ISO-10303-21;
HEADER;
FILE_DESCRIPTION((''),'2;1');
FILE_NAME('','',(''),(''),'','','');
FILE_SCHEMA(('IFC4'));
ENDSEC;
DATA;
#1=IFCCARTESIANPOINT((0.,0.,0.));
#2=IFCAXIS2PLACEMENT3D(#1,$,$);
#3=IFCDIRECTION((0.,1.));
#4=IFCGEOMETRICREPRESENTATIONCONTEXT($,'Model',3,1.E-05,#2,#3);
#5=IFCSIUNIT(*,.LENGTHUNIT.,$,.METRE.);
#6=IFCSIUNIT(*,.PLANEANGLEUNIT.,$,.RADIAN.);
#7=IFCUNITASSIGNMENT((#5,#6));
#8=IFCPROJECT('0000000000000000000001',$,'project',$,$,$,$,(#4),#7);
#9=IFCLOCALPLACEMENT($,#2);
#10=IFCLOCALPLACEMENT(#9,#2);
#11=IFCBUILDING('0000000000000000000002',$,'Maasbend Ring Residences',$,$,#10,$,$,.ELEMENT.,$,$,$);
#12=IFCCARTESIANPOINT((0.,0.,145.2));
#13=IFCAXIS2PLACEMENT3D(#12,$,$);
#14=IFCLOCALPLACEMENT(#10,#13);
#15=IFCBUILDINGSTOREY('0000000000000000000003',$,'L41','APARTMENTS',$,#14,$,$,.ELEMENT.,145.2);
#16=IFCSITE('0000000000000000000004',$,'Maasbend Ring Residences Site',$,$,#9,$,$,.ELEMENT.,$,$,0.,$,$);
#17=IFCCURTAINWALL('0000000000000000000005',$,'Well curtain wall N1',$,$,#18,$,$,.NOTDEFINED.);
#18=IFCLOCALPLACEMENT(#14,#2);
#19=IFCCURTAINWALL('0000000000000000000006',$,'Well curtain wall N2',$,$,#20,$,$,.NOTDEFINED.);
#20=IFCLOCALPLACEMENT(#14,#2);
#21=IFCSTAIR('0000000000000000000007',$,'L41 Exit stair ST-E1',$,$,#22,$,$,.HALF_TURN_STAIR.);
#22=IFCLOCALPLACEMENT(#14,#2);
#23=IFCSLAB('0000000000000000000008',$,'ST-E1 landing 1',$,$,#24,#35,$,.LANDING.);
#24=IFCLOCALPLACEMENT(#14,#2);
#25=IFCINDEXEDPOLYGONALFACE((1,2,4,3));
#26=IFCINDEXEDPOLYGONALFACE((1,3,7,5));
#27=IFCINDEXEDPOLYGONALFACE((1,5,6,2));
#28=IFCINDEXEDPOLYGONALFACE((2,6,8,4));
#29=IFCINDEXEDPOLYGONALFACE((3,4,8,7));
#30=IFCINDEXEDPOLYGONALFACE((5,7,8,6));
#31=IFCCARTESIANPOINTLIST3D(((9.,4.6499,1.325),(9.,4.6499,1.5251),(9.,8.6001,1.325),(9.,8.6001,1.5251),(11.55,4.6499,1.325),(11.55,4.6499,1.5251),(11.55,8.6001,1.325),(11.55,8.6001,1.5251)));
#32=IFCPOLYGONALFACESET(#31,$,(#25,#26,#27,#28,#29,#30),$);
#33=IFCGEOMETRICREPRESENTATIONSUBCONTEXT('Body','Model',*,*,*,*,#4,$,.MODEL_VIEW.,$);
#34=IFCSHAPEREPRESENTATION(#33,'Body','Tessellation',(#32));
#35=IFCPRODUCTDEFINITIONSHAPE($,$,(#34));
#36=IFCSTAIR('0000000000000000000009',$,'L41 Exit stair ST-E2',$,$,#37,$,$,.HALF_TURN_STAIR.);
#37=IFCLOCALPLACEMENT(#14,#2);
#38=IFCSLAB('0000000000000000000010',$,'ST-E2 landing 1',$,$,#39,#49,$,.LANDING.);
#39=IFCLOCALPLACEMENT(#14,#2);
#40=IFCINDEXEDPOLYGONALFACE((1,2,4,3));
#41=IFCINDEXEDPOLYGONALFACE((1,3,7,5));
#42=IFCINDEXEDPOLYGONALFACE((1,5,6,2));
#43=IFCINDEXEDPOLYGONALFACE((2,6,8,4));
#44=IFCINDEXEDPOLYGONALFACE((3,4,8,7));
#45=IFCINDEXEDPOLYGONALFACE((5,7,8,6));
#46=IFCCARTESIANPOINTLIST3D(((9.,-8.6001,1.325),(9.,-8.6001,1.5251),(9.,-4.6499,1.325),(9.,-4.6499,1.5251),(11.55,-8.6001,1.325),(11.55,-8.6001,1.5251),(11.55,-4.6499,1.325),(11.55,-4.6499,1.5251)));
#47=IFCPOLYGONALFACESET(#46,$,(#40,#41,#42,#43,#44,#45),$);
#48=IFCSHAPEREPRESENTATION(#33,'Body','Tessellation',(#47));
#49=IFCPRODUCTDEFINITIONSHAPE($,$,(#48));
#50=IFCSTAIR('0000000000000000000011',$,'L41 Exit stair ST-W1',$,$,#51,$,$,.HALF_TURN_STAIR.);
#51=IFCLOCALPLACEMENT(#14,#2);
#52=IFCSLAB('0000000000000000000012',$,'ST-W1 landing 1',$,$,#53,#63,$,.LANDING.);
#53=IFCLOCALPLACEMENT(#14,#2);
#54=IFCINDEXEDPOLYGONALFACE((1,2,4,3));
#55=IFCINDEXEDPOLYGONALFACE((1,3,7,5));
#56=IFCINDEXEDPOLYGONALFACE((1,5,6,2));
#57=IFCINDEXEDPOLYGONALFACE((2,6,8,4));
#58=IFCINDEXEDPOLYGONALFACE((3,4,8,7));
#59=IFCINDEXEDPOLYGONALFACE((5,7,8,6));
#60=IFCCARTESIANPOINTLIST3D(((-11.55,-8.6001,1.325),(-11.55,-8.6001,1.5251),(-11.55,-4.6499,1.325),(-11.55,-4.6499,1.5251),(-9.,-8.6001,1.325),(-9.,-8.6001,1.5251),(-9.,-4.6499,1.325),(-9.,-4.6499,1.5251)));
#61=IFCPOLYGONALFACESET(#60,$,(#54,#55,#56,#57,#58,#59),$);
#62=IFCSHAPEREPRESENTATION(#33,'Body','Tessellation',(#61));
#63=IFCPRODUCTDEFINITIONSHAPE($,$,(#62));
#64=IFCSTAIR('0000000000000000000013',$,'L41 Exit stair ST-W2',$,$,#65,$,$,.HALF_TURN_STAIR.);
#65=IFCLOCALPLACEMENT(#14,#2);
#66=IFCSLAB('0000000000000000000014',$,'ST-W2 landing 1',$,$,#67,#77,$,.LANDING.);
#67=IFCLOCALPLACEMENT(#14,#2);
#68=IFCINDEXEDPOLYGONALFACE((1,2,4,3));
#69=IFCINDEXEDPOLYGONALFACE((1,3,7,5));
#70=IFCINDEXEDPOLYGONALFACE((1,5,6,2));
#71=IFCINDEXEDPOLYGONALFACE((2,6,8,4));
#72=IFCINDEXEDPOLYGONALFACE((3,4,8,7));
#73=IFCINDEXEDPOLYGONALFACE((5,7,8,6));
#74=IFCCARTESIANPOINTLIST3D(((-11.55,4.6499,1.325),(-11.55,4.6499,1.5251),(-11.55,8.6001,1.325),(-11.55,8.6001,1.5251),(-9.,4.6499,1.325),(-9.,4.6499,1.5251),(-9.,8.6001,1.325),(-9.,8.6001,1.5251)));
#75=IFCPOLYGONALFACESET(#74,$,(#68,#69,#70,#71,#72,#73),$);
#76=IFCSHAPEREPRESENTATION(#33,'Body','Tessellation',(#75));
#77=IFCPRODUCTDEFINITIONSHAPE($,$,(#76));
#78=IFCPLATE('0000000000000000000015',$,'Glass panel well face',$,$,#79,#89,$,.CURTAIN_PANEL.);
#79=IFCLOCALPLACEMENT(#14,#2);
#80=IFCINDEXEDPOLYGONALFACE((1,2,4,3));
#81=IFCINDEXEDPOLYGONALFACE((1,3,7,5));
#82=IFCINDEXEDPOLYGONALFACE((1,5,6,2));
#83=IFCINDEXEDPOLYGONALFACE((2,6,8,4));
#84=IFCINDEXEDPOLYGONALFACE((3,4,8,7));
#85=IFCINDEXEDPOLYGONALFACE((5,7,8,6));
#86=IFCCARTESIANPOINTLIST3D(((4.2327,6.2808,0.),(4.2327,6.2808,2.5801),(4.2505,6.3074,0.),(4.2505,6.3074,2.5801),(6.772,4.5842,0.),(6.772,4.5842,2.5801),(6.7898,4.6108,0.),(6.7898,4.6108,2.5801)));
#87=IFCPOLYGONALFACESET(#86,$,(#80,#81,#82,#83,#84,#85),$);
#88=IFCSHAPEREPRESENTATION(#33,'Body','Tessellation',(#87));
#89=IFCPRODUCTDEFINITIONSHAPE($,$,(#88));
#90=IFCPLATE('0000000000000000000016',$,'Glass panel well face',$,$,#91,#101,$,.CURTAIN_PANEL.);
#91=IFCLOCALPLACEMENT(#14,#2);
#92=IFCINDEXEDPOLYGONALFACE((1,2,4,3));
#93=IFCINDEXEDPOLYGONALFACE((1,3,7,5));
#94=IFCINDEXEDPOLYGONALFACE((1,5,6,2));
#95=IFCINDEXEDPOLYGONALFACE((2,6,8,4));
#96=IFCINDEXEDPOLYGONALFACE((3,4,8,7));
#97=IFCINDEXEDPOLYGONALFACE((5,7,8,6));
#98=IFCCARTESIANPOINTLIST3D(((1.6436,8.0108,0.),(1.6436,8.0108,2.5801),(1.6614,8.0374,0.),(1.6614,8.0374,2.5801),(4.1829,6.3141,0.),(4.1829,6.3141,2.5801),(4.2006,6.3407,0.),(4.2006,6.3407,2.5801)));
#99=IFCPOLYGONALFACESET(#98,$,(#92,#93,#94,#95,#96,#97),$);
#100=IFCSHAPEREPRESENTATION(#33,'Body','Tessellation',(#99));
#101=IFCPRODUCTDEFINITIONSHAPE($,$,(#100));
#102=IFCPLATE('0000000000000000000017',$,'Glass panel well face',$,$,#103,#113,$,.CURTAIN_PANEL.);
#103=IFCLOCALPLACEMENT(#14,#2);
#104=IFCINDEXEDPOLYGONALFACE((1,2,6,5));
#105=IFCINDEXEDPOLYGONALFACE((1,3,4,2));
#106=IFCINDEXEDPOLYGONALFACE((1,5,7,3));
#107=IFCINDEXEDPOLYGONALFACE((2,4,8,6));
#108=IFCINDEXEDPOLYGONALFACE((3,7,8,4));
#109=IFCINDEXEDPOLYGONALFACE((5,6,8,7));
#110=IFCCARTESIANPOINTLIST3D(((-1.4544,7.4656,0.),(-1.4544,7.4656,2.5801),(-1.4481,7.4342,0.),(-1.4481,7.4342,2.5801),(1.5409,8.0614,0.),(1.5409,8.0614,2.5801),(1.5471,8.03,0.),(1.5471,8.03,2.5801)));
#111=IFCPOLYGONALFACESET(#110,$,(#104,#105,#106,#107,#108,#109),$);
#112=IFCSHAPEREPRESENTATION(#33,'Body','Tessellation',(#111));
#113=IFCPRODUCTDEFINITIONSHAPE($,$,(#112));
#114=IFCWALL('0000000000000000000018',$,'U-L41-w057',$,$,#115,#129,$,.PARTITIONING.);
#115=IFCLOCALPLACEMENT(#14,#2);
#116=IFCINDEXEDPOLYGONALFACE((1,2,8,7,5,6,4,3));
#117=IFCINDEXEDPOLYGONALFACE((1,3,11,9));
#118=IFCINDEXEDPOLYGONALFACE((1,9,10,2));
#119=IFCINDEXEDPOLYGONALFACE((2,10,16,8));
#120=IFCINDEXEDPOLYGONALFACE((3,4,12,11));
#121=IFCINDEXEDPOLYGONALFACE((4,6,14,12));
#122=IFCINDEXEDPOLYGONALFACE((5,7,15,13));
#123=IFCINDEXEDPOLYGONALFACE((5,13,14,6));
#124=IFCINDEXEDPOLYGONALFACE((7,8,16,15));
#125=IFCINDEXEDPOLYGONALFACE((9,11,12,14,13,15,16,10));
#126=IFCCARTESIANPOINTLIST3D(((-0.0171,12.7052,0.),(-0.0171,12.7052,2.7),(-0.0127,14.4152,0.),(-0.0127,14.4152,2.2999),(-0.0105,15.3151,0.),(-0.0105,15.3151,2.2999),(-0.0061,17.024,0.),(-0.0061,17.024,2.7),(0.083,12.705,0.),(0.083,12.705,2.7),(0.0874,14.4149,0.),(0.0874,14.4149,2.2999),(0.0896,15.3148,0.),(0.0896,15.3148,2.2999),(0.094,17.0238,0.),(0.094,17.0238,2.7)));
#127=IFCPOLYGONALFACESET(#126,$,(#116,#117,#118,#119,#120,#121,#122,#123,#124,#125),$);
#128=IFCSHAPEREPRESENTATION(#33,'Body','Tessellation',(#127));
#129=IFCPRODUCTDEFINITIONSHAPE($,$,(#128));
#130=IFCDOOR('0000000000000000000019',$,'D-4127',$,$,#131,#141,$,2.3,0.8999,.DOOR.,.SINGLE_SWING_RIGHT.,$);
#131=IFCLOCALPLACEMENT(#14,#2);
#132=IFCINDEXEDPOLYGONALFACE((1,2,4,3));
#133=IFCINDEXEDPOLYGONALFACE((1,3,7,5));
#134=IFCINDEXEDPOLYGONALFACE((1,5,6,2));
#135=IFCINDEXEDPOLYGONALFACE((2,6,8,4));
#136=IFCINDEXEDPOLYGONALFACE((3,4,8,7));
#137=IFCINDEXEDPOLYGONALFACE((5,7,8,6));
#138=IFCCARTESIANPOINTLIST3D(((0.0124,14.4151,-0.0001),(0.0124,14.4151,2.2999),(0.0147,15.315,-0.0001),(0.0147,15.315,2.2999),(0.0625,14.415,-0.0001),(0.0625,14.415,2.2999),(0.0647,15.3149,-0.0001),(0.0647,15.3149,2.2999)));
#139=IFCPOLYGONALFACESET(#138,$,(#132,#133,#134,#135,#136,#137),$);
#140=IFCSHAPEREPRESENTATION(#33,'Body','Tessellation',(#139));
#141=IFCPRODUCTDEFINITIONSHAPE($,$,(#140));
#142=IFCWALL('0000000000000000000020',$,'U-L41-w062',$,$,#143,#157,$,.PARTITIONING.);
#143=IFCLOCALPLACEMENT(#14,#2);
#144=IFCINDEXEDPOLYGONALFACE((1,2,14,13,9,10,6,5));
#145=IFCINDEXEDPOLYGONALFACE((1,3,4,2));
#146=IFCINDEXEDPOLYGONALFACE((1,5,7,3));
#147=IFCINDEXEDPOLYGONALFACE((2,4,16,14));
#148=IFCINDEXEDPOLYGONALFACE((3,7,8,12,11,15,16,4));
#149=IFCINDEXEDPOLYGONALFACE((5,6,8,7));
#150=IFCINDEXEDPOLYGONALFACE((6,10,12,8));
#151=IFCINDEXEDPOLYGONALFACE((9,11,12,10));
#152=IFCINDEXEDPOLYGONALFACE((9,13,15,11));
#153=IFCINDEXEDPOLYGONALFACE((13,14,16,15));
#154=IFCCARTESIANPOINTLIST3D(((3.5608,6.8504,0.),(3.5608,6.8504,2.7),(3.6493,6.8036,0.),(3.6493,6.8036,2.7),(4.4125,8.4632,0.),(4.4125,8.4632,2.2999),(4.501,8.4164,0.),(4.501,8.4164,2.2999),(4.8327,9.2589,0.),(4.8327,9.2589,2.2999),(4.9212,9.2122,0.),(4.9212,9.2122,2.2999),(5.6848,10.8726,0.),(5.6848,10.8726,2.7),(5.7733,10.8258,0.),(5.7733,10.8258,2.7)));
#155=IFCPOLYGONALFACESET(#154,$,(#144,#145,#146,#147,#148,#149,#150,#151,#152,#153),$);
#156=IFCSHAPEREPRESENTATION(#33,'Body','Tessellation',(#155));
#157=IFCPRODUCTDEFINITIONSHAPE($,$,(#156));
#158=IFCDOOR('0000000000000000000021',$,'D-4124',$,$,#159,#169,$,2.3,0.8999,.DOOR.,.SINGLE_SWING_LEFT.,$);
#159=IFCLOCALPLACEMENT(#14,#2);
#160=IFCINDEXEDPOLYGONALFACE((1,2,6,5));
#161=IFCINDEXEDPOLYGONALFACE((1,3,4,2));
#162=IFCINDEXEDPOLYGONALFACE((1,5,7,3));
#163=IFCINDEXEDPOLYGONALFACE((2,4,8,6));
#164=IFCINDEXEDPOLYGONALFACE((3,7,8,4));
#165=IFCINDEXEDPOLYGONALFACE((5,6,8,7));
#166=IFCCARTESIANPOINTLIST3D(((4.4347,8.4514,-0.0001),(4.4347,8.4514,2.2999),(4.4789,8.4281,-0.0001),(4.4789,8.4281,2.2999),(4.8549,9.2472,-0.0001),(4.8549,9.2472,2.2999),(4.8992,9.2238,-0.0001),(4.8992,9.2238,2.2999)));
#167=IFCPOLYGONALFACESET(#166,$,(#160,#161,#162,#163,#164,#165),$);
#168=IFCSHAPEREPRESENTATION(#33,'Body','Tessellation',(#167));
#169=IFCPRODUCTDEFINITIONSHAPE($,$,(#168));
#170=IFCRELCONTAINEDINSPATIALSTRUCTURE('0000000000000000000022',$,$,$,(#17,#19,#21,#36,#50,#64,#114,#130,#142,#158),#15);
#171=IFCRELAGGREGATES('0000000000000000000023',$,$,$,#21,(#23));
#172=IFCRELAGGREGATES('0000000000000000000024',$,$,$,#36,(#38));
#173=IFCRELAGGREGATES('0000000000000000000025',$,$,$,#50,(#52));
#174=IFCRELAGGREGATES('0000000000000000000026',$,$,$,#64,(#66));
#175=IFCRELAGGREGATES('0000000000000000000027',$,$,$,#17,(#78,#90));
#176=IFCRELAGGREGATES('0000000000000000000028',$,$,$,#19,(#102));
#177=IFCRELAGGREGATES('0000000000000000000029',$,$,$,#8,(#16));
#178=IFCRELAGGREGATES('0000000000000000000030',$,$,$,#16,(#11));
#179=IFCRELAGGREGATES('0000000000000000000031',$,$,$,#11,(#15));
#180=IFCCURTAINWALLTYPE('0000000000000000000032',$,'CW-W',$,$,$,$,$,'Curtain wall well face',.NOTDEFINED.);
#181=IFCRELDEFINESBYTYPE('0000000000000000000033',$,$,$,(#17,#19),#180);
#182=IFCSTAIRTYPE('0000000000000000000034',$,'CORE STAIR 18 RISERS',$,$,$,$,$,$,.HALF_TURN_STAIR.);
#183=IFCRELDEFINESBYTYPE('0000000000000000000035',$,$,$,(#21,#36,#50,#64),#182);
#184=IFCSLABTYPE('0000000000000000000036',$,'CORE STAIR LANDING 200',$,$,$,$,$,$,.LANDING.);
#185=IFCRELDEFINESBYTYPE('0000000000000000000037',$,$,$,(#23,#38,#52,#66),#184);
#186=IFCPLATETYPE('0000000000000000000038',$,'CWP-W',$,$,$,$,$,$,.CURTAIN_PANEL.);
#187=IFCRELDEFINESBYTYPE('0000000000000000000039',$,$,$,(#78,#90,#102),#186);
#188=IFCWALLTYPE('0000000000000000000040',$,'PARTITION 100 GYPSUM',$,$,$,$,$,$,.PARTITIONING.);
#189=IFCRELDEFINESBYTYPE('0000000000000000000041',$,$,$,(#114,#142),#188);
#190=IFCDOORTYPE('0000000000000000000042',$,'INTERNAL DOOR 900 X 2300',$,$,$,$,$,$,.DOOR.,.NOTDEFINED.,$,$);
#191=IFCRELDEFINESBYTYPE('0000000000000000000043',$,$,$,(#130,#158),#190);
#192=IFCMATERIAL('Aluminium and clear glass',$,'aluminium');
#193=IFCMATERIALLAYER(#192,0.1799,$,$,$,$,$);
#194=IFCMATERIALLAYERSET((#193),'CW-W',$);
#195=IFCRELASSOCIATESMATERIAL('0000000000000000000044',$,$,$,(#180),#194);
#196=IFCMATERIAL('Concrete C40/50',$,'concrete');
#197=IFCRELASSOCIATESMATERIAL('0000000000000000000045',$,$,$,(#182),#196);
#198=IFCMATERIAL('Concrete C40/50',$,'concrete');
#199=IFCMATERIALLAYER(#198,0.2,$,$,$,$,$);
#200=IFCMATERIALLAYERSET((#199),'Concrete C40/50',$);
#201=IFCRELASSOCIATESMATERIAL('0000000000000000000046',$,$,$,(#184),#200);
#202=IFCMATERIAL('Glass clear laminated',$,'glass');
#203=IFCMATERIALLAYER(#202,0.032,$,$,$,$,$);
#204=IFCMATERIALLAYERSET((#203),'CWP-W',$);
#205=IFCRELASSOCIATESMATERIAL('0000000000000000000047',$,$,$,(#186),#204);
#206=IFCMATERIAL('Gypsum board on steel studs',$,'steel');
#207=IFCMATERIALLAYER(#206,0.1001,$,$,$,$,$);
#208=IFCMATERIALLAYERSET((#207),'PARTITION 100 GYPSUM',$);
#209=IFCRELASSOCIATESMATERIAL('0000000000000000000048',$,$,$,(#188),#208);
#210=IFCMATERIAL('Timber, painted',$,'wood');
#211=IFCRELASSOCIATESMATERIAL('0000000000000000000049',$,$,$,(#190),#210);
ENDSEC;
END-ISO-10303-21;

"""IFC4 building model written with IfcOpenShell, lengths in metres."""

from ifc_helpers import new_model, si_unit, direction, frame, frame_2d, origin, origin_2d, place, context, subcontext, project, spatial, polyline, rectangle, outline, extrude, material, layer, layer_set, type_object, element, fill, aggregate, save


model = new_model("IFC4")

# Units and contexts
model_context = context("Model", 3, precision=1e-05, world=origin(), true_north=direction((0.0, 1.0)))
body_context = subcontext(model_context, "Body", "Model", "MODEL_VIEW")
ifc_project = project(units=[si_unit("LENGTHUNIT", "METRE"), si_unit("PLANEANGLEUNIT", "RADIAN")], contexts=[model_context])

# Site, building, storey
site_placement = place(None, origin())
site = spatial("IfcSite", under=ifc_project, at=site_placement, Name="Maasbend Ring Residences Site", CompositionType="ELEMENT", RefElevation=0.0)
building_placement = place(site_placement, origin())
building = spatial("IfcBuilding", under=site, at=building_placement, Name="Maasbend Ring Residences", CompositionType="ELEMENT")
storey_placement = place(building_placement, frame((0.0, 0.0, 145.2)))
storey = spatial("IfcBuildingStorey", under=building, at=storey_placement, Name="L41", Description="APARTMENTS", CompositionType="ELEMENT", Elevation=145.2)

# Curtain wall
ifc_material_1 = material(Name="Aluminium and clear glass", Category="aluminium")
ifc_layer_1 = layer(ifc_material_1, 0.1799)
ifc_layer_set_1 = layer_set([ifc_layer_1], Name="CW-W")
curtain_wall_type = type_object("IfcCurtainWallType", Name="CW-W", ElementType="Curtain wall well face", PredefinedType="NOTDEFINED", material=ifc_layer_set_1)
curtain_wall_1_placement = place(storey_placement, origin())
curtain_wall_1 = element("IfcCurtainWall", 1, at=curtain_wall_1_placement, inside=storey, type_object=curtain_wall_type, Name="Well curtain wall N1", PredefinedType="NOTDEFINED")

# Curtain wall
curtain_wall_2_placement = place(storey_placement, origin())
curtain_wall_2 = element("IfcCurtainWall", 2, at=curtain_wall_2_placement, inside=storey, type_object=curtain_wall_type, Name="Well curtain wall N2", PredefinedType="NOTDEFINED")

# Stairs, slabs
ifc_material_2 = material(Name="Concrete C40/50", Category="concrete")
stair_type = type_object("IfcStairType", Name="CORE STAIR 18 RISERS", PredefinedType="HALF_TURN_STAIR", material=ifc_material_2)
stair_1_placement = place(storey_placement, origin())
stair_1 = element("IfcStair", 3, at=stair_1_placement, inside=storey, type_object=stair_type, Name="L41 Exit stair ST-E1", PredefinedType="HALF_TURN_STAIR")
ifc_material_3 = material(Name="Concrete C40/50", Category="concrete")
ifc_layer_2 = layer(ifc_material_3, 0.2)
ifc_layer_set_2 = layer_set([ifc_layer_2], Name="Concrete C40/50")
slab_type = type_object("IfcSlabType", Name="CORE STAIR LANDING 200", PredefinedType="LANDING", material=ifc_layer_set_2)
slab_1_placement = place(storey_placement, frame((0.0, 0.0, 1.325)))
slab_1 = element("IfcSlab", 4, at=slab_1_placement, type_object=slab_type, Name="ST-E1 landing 1", PredefinedType="LANDING", context=body_context, shape_type="SweptSolid", body=[
    extrude(outline(polyline([(11.55, 8.6001), (9.0, 8.6001), (9.0, 4.6499), (11.55, 4.6499), (11.55, 8.6001)])), origin(), (0.0, 0.0, 1.0), 0.2002),
])
aggregate(stair_1, [slab_1])
stair_2_placement = place(storey_placement, origin())
stair_2 = element("IfcStair", 5, at=stair_2_placement, inside=storey, type_object=stair_type, Name="L41 Exit stair ST-E2", PredefinedType="HALF_TURN_STAIR")
slab_2_placement = place(storey_placement, frame((0.0, 0.0, 1.325)))
slab_2 = element("IfcSlab", 6, at=slab_2_placement, type_object=slab_type, Name="ST-E2 landing 1", PredefinedType="LANDING", context=body_context, shape_type="SweptSolid", body=[
    extrude(outline(polyline([(11.55, -4.6499), (9.0, -4.6499), (9.0, -8.6001), (11.55, -8.6001), (11.55, -4.6499)])), origin(), (0.0, 0.0, 1.0), 0.2002),
])
aggregate(stair_2, [slab_2])
stair_3_placement = place(storey_placement, origin())
stair_3 = element("IfcStair", 7, at=stair_3_placement, inside=storey, type_object=stair_type, Name="L41 Exit stair ST-W1", PredefinedType="HALF_TURN_STAIR")
slab_3_placement = place(storey_placement, frame((0.0, 0.0, 1.325)))
slab_3 = element("IfcSlab", 8, at=slab_3_placement, type_object=slab_type, Name="ST-W1 landing 1", PredefinedType="LANDING", context=body_context, shape_type="SweptSolid", body=[
    extrude(outline(polyline([(-11.55, -8.6001), (-9.0, -8.6001), (-9.0, -4.6499), (-11.55, -4.6499), (-11.55, -8.6001)])), origin(), (0.0, 0.0, 1.0), 0.2002),
])
aggregate(stair_3, [slab_3])
stair_4_placement = place(storey_placement, origin())
stair_4 = element("IfcStair", 9, at=stair_4_placement, inside=storey, type_object=stair_type, Name="L41 Exit stair ST-W2", PredefinedType="HALF_TURN_STAIR")
slab_4_placement = place(storey_placement, frame((0.0, 0.0, 1.325)))
slab_4 = element("IfcSlab", 10, at=slab_4_placement, type_object=slab_type, Name="ST-W2 landing 1", PredefinedType="LANDING", context=body_context, shape_type="SweptSolid", body=[
    extrude(outline(polyline([(-11.55, 4.6499), (-9.0, 4.6499), (-9.0, 8.6001), (-11.55, 8.6001), (-11.55, 4.6499)])), origin(), (0.0, 0.0, 1.0), 0.2002),
])
aggregate(stair_4, [slab_4])

# Plates
ifc_material_4 = material(Name="Glass clear laminated", Category="glass")
ifc_layer_3 = layer(ifc_material_4, 0.032)
ifc_layer_set_3 = layer_set([ifc_layer_3], Name="CWP-W")
plate_type = type_object("IfcPlateType", Name="CWP-W", PredefinedType="CURTAIN_PANEL", material=ifc_layer_set_3)
plate_1_placement = place(storey_placement, frame((5.5112, 5.4458, 0.0), z_axis=(0.0, 0.0, 1.0), x_axis=(-0.83147, 0.55557, 0.0)))
plate_1 = element("IfcPlate", 11, at=plate_1_placement, type_object=plate_type, Name="Glass panel well face", PredefinedType="CURTAIN_PANEL", context=body_context, shape_type="SweptSolid", body=[
    extrude(rectangle(XDim=3.054, YDim=0.032, at=origin_2d()), origin(), (0.0, 0.0, 1.0), 2.5801),
])
plate_2_placement = place(storey_placement, frame((2.9221, 7.1758, 0.0), z_axis=(0.0, 0.0, 1.0), x_axis=(-0.83147, 0.55557, 0.0)))
plate_2 = element("IfcPlate", 12, at=plate_2_placement, type_object=plate_type, Name="Glass panel well face", PredefinedType="CURTAIN_PANEL", context=body_context, shape_type="SweptSolid", body=[
    extrude(rectangle(XDim=3.054, YDim=0.032, at=origin_2d()), origin(), (0.0, 0.0, 1.0), 2.5801),
])
aggregate(curtain_wall_1, [plate_1, plate_2])
plate_3_placement = place(storey_placement, frame((0.0464, 7.7478, 0.0), z_axis=(0.0, 0.0, 1.0), x_axis=(-0.980785, -0.19509, 0.0)))
plate_3 = element("IfcPlate", 13, at=plate_3_placement, type_object=plate_type, Name="Glass panel well face", PredefinedType="CURTAIN_PANEL", context=body_context, shape_type="SweptSolid", body=[
    extrude(rectangle(XDim=3.054, YDim=0.032, at=origin_2d()), origin(), (0.0, 0.0, 1.0), 2.5801),
])
aggregate(curtain_wall_2, [plate_3])

# Walls, openings, doors
ifc_material_5 = material(Name="Gypsum board on steel studs", Category="steel")
ifc_layer_4 = layer(ifc_material_5, 0.1001)
ifc_layer_set_4 = layer_set([ifc_layer_4], Name="PARTITION 100 GYPSUM")
wall_type_1 = type_object("IfcWallType", Name="PARTITION 100 GYPSUM", PredefinedType="PARTITIONING", material=ifc_layer_set_4)
wall_1_placement = place(storey_placement, frame((0.033, 12.7051, 0.0), z_axis=(0.0, 0.0, 1.0), x_axis=(0.002544, 0.999997, 0.0)))
wall_1 = element("IfcWall", 14, at=wall_1_placement, inside=storey, type_object=wall_type_1, Name="U-L41-w057", PredefinedType="PARTITIONING", context=body_context, shape_type="SweptSolid", body=[
    extrude(rectangle(XDim=4.3188, YDim=0.1001, at=frame_2d((2.1594, 0.0))), origin(), (0.0, 0.0, 1.0), 2.7),
])
opening_1_placement = place(wall_1_placement, frame((1.71, 0.0, 0.0)))
opening_1 = element("IfcOpeningElement", 15, at=opening_1_placement, cuts=wall_1, PredefinedType="OPENING", context=body_context, shape_type="SweptSolid", body=[
    extrude(rectangle(XDim=0.8999, YDim=2.3, at=frame_2d((0.45, 1.1499))), frame((0.0, 0.0601, 0.0), z_axis=(0.0, -1.0, 0.0), x_axis=(1.0, 0.0, 0.0)), (0.0, 0.0, 1.0), 0.1201),
])
ifc_material_6 = material(Name="Timber, painted", Category="wood")
door_type = type_object("IfcDoorType", Name="INTERNAL DOOR 900 X 2300", OperationType="NOTDEFINED", PredefinedType="DOOR", material=ifc_material_6)
door_1_placement = place(opening_1_placement, origin())
door_1 = element("IfcDoor", 16, at=door_1_placement, inside=storey, type_object=door_type, Name="D-4127", OperationType="SINGLE_SWING_RIGHT", OverallHeight=2.3, OverallWidth=0.8999, PredefinedType="DOOR", context=body_context, shape_type="SweptSolid", body=[
    extrude(rectangle(XDim=0.8999, YDim=2.3, at=frame_2d((0.45, 1.1499))), frame((0.0, 0.0249, 0.0), z_axis=(0.0, -1.0, 0.0), x_axis=(1.0, 0.0, 0.0)), (0.0, 0.0, 1.0), 0.05),
])
fill(opening_1, door_1)
wall_2_placement = place(storey_placement, frame((3.605, 6.8269, 0.0), z_axis=(0.0, 0.0, 1.0), x_axis=(0.466963, 0.884277, 0.0)))
wall_2 = element("IfcWall", 17, at=wall_2_placement, inside=storey, type_object=wall_type_1, Name="U-L41-w062", PredefinedType="PARTITIONING", context=body_context, shape_type="SweptSolid", body=[
    extrude(rectangle(XDim=4.5486, YDim=0.1001, at=frame_2d((2.2744, 0.0))), origin(), (0.0, 0.0, 1.0), 2.7),
])
opening_2_placement = place(wall_2_placement, frame((1.824, 0.0, 0.0)))
opening_2 = element("IfcOpeningElement", 18, at=opening_2_placement, cuts=wall_2, PredefinedType="OPENING", context=body_context, shape_type="SweptSolid", body=[
    extrude(rectangle(XDim=0.8999, YDim=2.3, at=frame_2d((0.45, 1.1499))), frame((0.0, 0.0601, 0.0), z_axis=(0.0, -1.0, 0.0), x_axis=(1.0, 0.0, 0.0)), (0.0, 0.0, 1.0), 0.1201),
])
door_2_placement = place(opening_2_placement, origin())
door_2 = element("IfcDoor", 19, at=door_2_placement, inside=storey, type_object=door_type, Name="D-4124", OperationType="SINGLE_SWING_LEFT", OverallHeight=2.3, OverallWidth=0.8999, PredefinedType="DOOR", context=body_context, shape_type="SweptSolid", body=[
    extrude(rectangle(XDim=0.8999, YDim=2.3, at=frame_2d((0.45, 1.1499))), frame((0.0, 0.0249, 0.0), z_axis=(0.0, -1.0, 0.0), x_axis=(1.0, 0.0, 0.0)), (0.0, 0.0, 1.0), 0.05),
])
fill(opening_2, door_2)

save(model, "model.ifc")
